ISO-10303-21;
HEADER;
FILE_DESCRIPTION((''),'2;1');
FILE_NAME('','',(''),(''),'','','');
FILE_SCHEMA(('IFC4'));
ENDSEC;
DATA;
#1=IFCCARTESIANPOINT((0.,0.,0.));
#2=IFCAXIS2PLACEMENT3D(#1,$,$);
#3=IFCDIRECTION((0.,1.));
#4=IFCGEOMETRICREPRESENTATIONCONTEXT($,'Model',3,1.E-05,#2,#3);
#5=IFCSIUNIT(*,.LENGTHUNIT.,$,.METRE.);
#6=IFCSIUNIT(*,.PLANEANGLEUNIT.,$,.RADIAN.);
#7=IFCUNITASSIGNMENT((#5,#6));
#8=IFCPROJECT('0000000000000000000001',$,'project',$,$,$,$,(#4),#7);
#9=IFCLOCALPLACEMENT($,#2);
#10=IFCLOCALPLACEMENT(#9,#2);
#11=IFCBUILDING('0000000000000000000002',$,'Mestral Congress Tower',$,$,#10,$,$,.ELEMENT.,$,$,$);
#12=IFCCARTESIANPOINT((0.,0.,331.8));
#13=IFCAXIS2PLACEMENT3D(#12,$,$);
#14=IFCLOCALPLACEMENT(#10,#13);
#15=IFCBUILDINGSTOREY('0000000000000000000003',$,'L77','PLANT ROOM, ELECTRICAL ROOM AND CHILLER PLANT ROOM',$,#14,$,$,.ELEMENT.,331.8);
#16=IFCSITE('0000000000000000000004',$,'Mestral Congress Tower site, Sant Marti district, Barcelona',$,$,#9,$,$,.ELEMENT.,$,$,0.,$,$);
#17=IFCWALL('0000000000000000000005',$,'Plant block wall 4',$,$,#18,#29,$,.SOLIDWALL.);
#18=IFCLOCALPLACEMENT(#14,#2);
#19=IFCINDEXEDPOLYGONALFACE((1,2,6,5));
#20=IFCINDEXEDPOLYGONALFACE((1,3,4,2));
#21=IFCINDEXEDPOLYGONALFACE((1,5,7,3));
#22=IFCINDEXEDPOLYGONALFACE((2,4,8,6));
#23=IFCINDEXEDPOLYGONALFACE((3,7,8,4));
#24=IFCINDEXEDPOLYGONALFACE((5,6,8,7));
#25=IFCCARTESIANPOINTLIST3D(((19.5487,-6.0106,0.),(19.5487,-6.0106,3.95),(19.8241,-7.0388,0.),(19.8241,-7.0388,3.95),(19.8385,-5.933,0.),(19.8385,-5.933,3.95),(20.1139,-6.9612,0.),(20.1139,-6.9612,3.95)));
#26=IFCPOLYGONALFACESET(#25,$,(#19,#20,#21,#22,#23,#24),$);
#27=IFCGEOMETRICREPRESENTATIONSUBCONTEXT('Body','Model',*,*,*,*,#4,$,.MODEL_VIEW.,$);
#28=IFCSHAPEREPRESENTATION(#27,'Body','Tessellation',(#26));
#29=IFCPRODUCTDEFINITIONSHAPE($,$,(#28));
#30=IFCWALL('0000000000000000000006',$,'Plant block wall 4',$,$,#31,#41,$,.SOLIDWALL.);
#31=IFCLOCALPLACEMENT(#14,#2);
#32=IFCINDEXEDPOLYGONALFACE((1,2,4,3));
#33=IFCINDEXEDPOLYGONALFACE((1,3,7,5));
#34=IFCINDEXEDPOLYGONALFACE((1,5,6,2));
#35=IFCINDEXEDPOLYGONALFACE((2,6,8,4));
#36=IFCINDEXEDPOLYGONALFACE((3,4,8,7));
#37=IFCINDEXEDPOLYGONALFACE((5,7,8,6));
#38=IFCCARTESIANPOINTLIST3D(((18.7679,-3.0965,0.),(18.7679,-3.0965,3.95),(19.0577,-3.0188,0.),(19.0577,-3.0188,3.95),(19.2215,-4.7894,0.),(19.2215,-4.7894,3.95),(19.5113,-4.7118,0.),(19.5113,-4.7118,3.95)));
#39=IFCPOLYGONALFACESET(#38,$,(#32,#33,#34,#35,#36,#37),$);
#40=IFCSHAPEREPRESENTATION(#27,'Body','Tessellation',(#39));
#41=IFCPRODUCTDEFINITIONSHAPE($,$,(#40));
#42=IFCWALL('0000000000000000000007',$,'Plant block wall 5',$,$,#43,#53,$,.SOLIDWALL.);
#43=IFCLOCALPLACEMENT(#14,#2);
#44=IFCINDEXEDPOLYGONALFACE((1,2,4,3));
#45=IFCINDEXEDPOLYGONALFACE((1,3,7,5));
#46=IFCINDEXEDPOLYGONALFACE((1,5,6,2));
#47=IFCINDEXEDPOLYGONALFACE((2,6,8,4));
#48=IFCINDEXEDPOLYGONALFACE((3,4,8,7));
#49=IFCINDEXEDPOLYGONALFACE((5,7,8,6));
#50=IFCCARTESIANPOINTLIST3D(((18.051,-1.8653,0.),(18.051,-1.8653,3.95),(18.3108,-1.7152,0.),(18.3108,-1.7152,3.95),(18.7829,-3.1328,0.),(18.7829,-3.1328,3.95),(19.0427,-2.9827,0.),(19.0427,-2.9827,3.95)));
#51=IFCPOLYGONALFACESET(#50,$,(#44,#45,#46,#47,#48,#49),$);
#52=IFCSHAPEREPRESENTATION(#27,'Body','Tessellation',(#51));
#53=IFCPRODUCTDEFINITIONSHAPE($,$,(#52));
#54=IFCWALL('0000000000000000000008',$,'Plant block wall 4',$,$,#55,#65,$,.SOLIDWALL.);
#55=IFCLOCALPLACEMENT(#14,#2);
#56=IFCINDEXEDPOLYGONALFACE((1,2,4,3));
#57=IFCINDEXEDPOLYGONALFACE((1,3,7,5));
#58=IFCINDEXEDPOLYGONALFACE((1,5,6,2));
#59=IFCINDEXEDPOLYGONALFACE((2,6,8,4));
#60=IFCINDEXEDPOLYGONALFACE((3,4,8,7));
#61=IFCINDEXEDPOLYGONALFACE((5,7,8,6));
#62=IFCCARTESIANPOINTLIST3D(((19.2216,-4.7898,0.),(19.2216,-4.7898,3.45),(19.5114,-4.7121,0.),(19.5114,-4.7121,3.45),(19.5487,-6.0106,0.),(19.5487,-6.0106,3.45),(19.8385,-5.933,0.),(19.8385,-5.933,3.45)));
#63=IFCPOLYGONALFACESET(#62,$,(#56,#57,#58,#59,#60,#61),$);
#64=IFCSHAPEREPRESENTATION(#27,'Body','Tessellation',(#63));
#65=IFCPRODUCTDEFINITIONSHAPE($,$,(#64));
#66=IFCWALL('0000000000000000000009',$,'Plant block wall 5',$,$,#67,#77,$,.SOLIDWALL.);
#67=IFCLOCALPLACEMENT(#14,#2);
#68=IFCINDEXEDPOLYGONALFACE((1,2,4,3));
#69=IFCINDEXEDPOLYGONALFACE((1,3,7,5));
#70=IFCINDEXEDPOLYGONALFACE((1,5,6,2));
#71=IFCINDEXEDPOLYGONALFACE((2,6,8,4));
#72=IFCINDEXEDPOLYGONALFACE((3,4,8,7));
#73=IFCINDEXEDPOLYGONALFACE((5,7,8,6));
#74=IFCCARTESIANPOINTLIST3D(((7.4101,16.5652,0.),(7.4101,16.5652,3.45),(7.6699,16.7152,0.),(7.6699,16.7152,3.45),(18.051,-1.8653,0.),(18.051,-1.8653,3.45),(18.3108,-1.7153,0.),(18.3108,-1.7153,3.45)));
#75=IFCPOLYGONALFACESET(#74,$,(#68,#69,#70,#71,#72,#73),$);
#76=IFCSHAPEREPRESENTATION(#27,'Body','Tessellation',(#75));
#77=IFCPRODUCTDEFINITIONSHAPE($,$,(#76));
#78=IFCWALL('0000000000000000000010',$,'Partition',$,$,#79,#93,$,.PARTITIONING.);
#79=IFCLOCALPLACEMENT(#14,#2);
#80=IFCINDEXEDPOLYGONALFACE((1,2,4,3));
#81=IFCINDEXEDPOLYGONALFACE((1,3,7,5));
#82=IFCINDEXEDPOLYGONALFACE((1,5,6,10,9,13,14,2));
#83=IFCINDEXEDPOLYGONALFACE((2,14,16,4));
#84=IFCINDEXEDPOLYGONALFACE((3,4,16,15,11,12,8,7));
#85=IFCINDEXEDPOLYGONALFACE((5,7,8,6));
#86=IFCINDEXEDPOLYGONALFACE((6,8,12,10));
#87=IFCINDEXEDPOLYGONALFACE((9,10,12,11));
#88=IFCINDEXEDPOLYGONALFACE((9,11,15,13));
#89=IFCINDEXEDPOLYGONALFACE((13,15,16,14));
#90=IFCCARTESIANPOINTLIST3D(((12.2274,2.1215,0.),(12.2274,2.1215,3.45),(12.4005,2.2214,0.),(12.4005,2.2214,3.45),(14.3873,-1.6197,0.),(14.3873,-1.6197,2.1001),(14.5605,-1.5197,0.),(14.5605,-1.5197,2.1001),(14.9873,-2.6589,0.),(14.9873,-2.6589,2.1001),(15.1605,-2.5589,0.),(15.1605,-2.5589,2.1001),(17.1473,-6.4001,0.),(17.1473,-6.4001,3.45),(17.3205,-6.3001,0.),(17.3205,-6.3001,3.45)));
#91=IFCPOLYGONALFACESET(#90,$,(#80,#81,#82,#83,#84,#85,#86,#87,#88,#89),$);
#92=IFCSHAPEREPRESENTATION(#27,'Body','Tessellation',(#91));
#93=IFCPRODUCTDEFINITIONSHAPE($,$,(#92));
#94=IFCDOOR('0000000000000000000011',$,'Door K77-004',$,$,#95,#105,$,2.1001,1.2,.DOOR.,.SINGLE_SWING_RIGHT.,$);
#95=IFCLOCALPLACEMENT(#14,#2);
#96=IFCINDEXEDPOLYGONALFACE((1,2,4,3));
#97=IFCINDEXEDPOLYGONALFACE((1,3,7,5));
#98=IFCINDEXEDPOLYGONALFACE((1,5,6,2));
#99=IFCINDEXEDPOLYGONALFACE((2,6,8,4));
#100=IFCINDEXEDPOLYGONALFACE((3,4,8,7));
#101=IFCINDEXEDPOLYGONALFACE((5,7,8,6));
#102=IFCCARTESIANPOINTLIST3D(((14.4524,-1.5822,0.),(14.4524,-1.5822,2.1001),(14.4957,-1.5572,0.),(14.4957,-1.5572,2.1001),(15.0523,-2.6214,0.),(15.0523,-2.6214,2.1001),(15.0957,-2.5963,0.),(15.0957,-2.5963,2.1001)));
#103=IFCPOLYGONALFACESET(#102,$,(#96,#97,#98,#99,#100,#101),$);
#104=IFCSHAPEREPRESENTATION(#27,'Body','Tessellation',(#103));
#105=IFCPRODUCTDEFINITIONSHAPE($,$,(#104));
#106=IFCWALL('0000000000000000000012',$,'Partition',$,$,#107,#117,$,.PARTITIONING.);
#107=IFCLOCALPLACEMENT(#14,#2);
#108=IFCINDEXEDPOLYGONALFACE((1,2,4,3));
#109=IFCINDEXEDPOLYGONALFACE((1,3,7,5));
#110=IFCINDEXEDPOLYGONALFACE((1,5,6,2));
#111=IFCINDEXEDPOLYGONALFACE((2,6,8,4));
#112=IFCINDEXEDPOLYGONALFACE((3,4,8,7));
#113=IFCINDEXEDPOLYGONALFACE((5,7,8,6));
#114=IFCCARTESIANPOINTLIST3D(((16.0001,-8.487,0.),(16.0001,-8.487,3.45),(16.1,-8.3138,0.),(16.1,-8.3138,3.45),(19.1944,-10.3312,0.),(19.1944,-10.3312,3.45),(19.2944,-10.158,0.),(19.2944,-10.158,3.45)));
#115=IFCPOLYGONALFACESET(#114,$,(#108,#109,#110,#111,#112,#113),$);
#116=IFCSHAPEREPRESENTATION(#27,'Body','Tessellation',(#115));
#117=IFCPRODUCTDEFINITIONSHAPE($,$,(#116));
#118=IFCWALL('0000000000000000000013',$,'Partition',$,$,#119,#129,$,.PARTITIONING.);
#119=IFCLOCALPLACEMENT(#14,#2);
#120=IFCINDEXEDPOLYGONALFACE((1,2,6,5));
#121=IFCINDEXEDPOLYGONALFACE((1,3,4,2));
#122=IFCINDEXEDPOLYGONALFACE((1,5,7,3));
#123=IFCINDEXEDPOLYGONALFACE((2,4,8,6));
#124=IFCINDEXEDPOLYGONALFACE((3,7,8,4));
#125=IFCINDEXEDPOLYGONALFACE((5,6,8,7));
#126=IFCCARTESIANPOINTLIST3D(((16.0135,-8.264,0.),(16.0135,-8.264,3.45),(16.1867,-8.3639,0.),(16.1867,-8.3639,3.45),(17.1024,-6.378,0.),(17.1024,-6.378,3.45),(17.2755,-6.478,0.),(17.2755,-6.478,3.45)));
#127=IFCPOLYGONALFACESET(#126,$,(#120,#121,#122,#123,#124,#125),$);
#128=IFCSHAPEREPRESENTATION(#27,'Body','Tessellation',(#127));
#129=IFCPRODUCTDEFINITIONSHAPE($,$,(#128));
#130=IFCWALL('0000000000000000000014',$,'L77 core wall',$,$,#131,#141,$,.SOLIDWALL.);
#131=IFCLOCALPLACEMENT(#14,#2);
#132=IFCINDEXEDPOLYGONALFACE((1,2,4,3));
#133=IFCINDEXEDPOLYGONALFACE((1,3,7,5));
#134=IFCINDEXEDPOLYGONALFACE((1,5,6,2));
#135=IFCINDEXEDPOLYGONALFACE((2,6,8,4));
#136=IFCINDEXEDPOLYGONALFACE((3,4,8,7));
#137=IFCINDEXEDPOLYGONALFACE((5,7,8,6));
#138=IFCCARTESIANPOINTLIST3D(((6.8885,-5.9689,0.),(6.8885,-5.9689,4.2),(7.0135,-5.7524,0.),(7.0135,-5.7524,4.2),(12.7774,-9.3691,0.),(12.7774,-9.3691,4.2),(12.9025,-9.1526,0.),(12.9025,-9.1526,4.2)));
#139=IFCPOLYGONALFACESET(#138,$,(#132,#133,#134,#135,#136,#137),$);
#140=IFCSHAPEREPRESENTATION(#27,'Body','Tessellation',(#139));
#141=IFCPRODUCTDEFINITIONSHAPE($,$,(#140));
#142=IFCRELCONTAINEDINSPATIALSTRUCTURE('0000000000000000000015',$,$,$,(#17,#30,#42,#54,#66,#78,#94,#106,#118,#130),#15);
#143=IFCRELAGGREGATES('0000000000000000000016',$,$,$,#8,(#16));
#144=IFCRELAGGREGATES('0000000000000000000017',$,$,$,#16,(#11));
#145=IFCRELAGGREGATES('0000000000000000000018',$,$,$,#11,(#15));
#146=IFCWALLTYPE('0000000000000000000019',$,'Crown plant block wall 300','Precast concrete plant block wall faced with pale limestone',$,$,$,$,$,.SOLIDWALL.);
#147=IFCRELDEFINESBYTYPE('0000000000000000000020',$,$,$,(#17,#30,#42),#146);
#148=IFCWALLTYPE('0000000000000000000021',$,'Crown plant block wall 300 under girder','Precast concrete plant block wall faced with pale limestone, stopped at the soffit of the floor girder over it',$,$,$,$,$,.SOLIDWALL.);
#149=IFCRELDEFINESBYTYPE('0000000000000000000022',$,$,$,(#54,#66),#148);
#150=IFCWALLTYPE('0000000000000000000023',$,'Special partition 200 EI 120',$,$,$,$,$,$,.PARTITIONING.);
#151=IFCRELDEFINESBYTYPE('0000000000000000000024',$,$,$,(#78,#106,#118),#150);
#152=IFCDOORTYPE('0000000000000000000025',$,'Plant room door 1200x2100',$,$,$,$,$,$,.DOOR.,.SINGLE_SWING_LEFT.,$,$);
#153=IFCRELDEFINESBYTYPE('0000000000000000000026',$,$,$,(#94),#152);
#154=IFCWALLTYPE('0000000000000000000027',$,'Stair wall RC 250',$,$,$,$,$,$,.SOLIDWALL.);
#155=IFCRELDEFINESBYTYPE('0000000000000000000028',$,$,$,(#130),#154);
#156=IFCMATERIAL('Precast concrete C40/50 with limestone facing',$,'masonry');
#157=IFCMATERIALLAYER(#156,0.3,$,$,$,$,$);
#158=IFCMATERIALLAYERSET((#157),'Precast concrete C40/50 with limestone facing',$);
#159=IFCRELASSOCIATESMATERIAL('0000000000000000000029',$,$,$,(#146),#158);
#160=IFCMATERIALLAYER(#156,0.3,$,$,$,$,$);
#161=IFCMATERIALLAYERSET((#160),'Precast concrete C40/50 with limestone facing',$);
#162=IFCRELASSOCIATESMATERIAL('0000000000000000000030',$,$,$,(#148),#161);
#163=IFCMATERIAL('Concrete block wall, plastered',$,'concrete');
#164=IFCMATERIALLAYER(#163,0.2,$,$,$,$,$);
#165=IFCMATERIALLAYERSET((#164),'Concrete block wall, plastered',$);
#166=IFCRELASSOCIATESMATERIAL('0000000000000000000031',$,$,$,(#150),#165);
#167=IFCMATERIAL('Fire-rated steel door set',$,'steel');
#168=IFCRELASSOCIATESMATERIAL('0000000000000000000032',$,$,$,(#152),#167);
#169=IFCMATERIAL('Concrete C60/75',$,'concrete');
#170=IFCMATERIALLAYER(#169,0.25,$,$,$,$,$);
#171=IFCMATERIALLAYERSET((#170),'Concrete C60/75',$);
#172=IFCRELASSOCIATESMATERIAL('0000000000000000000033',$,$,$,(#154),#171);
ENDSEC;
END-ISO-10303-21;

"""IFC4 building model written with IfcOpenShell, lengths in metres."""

from ifc_helpers import new_model, si_unit, direction, frame, frame_2d, origin, place, context, subcontext, project, spatial, rectangle, extrude, material, layer, layer_set, type_object, element, fill, save


model = new_model("IFC4")

# Units and contexts
model_context = context("Model", 3, precision=1e-05, world=origin(), true_north=direction((0.0, 1.0)))
body_context = subcontext(model_context, "Body", "Model", "MODEL_VIEW")
ifc_project = project(units=[si_unit("LENGTHUNIT", "METRE"), si_unit("PLANEANGLEUNIT", "RADIAN")], contexts=[model_context])

# Site, building, storey
site_placement = place(None, origin())
site = spatial("IfcSite", under=ifc_project, at=site_placement, Name="Mestral Congress Tower site, Sant Marti district, Barcelona", CompositionType="ELEMENT", RefElevation=0.0)
building_placement = place(site_placement, origin())
building = spatial("IfcBuilding", under=site, at=building_placement, Name="Mestral Congress Tower", CompositionType="ELEMENT")
storey_placement = place(building_placement, frame((0.0, 0.0, 331.8)))
storey = spatial("IfcBuildingStorey", under=building, at=storey_placement, Name="L77", Description="PLANT ROOM, ELECTRICAL ROOM AND CHILLER PLANT ROOM", CompositionType="ELEMENT", Elevation=331.8)

# Walls
ifc_material_1 = material(Name="Precast concrete C40/50 with limestone facing", Category="masonry")
ifc_layer_1 = layer(ifc_material_1, 0.3)
ifc_layer_set_1 = layer_set([ifc_layer_1], Name="Precast concrete C40/50 with limestone facing")
wall_type_1 = type_object("IfcWallType", Name="Crown plant block wall 300", Description="Precast concrete plant block wall faced with pale limestone", PredefinedType="SOLIDWALL", material=ifc_layer_set_1)
wall_1_placement = place(storey_placement, frame((19.969, -7.0, 0.0), z_axis=(0.0, 0.0, 1.0), x_axis=(-0.25869, 0.96596, 0.0)))
element("IfcWall", 1, at=wall_1_placement, inside=storey, type_object=wall_type_1, Name="Plant block wall 4", PredefinedType="SOLIDWALL", context=body_context, shape_type="SweptSolid", body=[
    extrude(rectangle(XDim=1.0645, YDim=0.3, at=frame_2d((0.5322, 0.0))), origin(), (0.0, 0.0, 1.0), 3.95),
])
wall_2_placement = place(storey_placement, frame((19.3665, -4.7507, 0.0), z_axis=(0.0, 0.0, 1.0), x_axis=(-0.258824, 0.965924, 0.0)))
element("IfcWall", 2, at=wall_2_placement, inside=storey, type_object=wall_type_1, Name="Plant block wall 4", PredefinedType="SOLIDWALL", context=body_context, shape_type="SweptSolid", body=[
    extrude(rectangle(XDim=1.7527, YDim=0.3, at=frame_2d((0.8765, 0.0))), origin(), (0.0, 0.0, 1.0), 3.95),
])
wall_3_placement = place(storey_placement, frame((18.9128, -3.0579, 0.0), z_axis=(0.0, 0.0, 1.0), x_axis=(-0.50005, 0.865997, 0.0)))
element("IfcWall", 3, at=wall_3_placement, inside=storey, type_object=wall_type_1, Name="Plant block wall 5", PredefinedType="SOLIDWALL", context=body_context, shape_type="SweptSolid", body=[
    extrude(rectangle(XDim=1.4636, YDim=0.3, at=frame_2d((0.7319, 0.0))), origin(), (0.0, 0.0, 1.0), 3.95),
])
ifc_layer_2 = layer(ifc_material_1, 0.3)
ifc_layer_set_2 = layer_set([ifc_layer_2], Name="Precast concrete C40/50 with limestone facing")
wall_type_2 = type_object("IfcWallType", Name="Crown plant block wall 300 under girder", Description="Precast concrete plant block wall faced with pale limestone, stopped at the soffit of the floor girder over it", PredefinedType="SOLIDWALL", material=ifc_layer_set_2)
wall_4_placement = place(storey_placement, frame((19.6936, -5.9717, 0.0), z_axis=(0.0, 0.0, 1.0), x_axis=(-0.258817, 0.965926, 0.0)))
element("IfcWall", 4, at=wall_4_placement, inside=storey, type_object=wall_type_2, Name="Plant block wall 4", PredefinedType="SOLIDWALL", context=body_context, shape_type="SweptSolid", body=[
    extrude(rectangle(XDim=1.2639, YDim=0.3, at=frame_2d((0.6318, 0.0))), origin(), (0.0, 0.0, 1.0), 3.45),
])
wall_5_placement = place(storey_placement, frame((18.1809, -1.7903, 0.0), z_axis=(0.0, 0.0, 1.0), x_axis=(-0.500002, 0.866024, 0.0)))
element("IfcWall", 5, at=wall_5_placement, inside=storey, type_object=wall_type_2, Name="Plant block wall 5", PredefinedType="SOLIDWALL", context=body_context, shape_type="SweptSolid", body=[
    extrude(rectangle(XDim=21.2817, YDim=0.3, at=frame_2d((10.6409, 0.0))), origin(), (0.0, 0.0, 1.0), 3.45),
])

# Wall, opening, door
ifc_material_2 = material(Name="Concrete block wall, plastered", Category="concrete")
ifc_layer_3 = layer(ifc_material_2, 0.2)
ifc_layer_set_3 = layer_set([ifc_layer_3], Name="Concrete block wall, plastered")
wall_type_3 = type_object("IfcWallType", Name="Special partition 200 EI 120", PredefinedType="PARTITIONING", material=ifc_layer_set_3)
wall_6_placement = place(storey_placement, frame((17.2339, -6.3501, 0.0), z_axis=(0.0, 0.0, 1.0), x_axis=(-0.500003, 0.866024, 0.0)))
wall_6 = element("IfcWall", 6, at=wall_6_placement, inside=storey, type_object=wall_type_3, Name="Partition", PredefinedType="PARTITIONING", context=body_context, shape_type="SweptSolid", body=[
    extrude(rectangle(XDim=9.8398, YDim=0.2, at=frame_2d((4.9199, 0.0))), origin(), (0.0, 0.0, 1.0), 3.45),
])
opening_placement = place(wall_6_placement, frame((4.3198, 0.0, 0.0)))
opening = element("IfcOpeningElement", 7, at=opening_placement, cuts=wall_6, PredefinedType="OPENING", context=body_context, shape_type="SweptSolid", body=[
    extrude(rectangle(XDim=1.2, YDim=2.1001, at=frame_2d((0.6001, 1.05))), frame((0.0, 0.1099, 0.0), z_axis=(0.0, -1.0, 0.0), x_axis=(1.0, 0.0, 0.0)), (0.0, 0.0, 1.0), 0.22),
])
ifc_material_3 = material(Name="Fire-rated steel door set", Category="steel")
door_type = type_object("IfcDoorType", Name="Plant room door 1200x2100", OperationType="SINGLE_SWING_LEFT", PredefinedType="DOOR", material=ifc_material_3)
door_placement = place(opening_placement, origin())
door = element("IfcDoor", 8, at=door_placement, inside=storey, type_object=door_type, Name="Door K77-004", OperationType="SINGLE_SWING_RIGHT", OverallHeight=2.1001, OverallWidth=1.2, PredefinedType="DOOR", context=body_context, shape_type="SweptSolid", body=[
    extrude(rectangle(XDim=1.2, YDim=2.1001, at=frame_2d((0.6001, 1.05))), frame((0.0, 0.0249, 0.0), z_axis=(0.0, -1.0, 0.0), x_axis=(1.0, 0.0, 0.0)), (0.0, 0.0, 1.0), 0.05),
])
fill(opening, door)

# Walls
wall_7_placement = place(storey_placement, frame((16.05, -8.4004, 0.0), z_axis=(0.0, 0.0, 1.0), x_axis=(0.866027, -0.499997, 0.0)))
element("IfcWall", 9, at=wall_7_placement, inside=storey, type_object=wall_type_3, Name="Partition", PredefinedType="PARTITIONING", context=body_context, shape_type="SweptSolid", body=[
    extrude(rectangle(XDim=3.6885, YDim=0.2, at=frame_2d((1.8442, 0.0))), origin(), (0.0, 0.0, 1.0), 3.45),
])
wall_8_placement = place(storey_placement, frame((17.189, -6.428, 0.0), z_axis=(0.0, 0.0, 1.0), x_axis=(-0.499997, -0.866027, 0.0)))
element("IfcWall", 10, at=wall_8_placement, inside=storey, type_object=wall_type_3, Name="Partition", PredefinedType="PARTITIONING", context=body_context, shape_type="SweptSolid", body=[
    extrude(rectangle(XDim=2.1777, YDim=0.2, at=frame_2d((1.0889, 0.0))), origin(), (0.0, 0.0, 1.0), 3.45),
])
ifc_material_4 = material(Name="Concrete C60/75", Category="concrete")
ifc_layer_4 = layer(ifc_material_4, 0.25)
ifc_layer_set_4 = layer_set([ifc_layer_4], Name="Concrete C60/75")
wall_type_4 = type_object("IfcWallType", Name="Stair wall RC 250", PredefinedType="SOLIDWALL", material=ifc_layer_set_4)
wall_9_placement = place(storey_placement, frame((12.8398, -9.2607, 0.0), z_axis=(0.0, 0.0, 1.0), x_axis=(-0.866014, 0.50002, 0.0)))
element("IfcWall", 11, at=wall_9_placement, inside=storey, type_object=wall_type_4, Name="L77 core wall", PredefinedType="SOLIDWALL", context=body_context, shape_type="SweptSolid", body=[
    extrude(rectangle(XDim=6.8, YDim=0.25, at=frame_2d((3.3999, 0.0))), origin(), (0.0, 0.0, 1.0), 4.2),
])

save(model, "model.ifc")
